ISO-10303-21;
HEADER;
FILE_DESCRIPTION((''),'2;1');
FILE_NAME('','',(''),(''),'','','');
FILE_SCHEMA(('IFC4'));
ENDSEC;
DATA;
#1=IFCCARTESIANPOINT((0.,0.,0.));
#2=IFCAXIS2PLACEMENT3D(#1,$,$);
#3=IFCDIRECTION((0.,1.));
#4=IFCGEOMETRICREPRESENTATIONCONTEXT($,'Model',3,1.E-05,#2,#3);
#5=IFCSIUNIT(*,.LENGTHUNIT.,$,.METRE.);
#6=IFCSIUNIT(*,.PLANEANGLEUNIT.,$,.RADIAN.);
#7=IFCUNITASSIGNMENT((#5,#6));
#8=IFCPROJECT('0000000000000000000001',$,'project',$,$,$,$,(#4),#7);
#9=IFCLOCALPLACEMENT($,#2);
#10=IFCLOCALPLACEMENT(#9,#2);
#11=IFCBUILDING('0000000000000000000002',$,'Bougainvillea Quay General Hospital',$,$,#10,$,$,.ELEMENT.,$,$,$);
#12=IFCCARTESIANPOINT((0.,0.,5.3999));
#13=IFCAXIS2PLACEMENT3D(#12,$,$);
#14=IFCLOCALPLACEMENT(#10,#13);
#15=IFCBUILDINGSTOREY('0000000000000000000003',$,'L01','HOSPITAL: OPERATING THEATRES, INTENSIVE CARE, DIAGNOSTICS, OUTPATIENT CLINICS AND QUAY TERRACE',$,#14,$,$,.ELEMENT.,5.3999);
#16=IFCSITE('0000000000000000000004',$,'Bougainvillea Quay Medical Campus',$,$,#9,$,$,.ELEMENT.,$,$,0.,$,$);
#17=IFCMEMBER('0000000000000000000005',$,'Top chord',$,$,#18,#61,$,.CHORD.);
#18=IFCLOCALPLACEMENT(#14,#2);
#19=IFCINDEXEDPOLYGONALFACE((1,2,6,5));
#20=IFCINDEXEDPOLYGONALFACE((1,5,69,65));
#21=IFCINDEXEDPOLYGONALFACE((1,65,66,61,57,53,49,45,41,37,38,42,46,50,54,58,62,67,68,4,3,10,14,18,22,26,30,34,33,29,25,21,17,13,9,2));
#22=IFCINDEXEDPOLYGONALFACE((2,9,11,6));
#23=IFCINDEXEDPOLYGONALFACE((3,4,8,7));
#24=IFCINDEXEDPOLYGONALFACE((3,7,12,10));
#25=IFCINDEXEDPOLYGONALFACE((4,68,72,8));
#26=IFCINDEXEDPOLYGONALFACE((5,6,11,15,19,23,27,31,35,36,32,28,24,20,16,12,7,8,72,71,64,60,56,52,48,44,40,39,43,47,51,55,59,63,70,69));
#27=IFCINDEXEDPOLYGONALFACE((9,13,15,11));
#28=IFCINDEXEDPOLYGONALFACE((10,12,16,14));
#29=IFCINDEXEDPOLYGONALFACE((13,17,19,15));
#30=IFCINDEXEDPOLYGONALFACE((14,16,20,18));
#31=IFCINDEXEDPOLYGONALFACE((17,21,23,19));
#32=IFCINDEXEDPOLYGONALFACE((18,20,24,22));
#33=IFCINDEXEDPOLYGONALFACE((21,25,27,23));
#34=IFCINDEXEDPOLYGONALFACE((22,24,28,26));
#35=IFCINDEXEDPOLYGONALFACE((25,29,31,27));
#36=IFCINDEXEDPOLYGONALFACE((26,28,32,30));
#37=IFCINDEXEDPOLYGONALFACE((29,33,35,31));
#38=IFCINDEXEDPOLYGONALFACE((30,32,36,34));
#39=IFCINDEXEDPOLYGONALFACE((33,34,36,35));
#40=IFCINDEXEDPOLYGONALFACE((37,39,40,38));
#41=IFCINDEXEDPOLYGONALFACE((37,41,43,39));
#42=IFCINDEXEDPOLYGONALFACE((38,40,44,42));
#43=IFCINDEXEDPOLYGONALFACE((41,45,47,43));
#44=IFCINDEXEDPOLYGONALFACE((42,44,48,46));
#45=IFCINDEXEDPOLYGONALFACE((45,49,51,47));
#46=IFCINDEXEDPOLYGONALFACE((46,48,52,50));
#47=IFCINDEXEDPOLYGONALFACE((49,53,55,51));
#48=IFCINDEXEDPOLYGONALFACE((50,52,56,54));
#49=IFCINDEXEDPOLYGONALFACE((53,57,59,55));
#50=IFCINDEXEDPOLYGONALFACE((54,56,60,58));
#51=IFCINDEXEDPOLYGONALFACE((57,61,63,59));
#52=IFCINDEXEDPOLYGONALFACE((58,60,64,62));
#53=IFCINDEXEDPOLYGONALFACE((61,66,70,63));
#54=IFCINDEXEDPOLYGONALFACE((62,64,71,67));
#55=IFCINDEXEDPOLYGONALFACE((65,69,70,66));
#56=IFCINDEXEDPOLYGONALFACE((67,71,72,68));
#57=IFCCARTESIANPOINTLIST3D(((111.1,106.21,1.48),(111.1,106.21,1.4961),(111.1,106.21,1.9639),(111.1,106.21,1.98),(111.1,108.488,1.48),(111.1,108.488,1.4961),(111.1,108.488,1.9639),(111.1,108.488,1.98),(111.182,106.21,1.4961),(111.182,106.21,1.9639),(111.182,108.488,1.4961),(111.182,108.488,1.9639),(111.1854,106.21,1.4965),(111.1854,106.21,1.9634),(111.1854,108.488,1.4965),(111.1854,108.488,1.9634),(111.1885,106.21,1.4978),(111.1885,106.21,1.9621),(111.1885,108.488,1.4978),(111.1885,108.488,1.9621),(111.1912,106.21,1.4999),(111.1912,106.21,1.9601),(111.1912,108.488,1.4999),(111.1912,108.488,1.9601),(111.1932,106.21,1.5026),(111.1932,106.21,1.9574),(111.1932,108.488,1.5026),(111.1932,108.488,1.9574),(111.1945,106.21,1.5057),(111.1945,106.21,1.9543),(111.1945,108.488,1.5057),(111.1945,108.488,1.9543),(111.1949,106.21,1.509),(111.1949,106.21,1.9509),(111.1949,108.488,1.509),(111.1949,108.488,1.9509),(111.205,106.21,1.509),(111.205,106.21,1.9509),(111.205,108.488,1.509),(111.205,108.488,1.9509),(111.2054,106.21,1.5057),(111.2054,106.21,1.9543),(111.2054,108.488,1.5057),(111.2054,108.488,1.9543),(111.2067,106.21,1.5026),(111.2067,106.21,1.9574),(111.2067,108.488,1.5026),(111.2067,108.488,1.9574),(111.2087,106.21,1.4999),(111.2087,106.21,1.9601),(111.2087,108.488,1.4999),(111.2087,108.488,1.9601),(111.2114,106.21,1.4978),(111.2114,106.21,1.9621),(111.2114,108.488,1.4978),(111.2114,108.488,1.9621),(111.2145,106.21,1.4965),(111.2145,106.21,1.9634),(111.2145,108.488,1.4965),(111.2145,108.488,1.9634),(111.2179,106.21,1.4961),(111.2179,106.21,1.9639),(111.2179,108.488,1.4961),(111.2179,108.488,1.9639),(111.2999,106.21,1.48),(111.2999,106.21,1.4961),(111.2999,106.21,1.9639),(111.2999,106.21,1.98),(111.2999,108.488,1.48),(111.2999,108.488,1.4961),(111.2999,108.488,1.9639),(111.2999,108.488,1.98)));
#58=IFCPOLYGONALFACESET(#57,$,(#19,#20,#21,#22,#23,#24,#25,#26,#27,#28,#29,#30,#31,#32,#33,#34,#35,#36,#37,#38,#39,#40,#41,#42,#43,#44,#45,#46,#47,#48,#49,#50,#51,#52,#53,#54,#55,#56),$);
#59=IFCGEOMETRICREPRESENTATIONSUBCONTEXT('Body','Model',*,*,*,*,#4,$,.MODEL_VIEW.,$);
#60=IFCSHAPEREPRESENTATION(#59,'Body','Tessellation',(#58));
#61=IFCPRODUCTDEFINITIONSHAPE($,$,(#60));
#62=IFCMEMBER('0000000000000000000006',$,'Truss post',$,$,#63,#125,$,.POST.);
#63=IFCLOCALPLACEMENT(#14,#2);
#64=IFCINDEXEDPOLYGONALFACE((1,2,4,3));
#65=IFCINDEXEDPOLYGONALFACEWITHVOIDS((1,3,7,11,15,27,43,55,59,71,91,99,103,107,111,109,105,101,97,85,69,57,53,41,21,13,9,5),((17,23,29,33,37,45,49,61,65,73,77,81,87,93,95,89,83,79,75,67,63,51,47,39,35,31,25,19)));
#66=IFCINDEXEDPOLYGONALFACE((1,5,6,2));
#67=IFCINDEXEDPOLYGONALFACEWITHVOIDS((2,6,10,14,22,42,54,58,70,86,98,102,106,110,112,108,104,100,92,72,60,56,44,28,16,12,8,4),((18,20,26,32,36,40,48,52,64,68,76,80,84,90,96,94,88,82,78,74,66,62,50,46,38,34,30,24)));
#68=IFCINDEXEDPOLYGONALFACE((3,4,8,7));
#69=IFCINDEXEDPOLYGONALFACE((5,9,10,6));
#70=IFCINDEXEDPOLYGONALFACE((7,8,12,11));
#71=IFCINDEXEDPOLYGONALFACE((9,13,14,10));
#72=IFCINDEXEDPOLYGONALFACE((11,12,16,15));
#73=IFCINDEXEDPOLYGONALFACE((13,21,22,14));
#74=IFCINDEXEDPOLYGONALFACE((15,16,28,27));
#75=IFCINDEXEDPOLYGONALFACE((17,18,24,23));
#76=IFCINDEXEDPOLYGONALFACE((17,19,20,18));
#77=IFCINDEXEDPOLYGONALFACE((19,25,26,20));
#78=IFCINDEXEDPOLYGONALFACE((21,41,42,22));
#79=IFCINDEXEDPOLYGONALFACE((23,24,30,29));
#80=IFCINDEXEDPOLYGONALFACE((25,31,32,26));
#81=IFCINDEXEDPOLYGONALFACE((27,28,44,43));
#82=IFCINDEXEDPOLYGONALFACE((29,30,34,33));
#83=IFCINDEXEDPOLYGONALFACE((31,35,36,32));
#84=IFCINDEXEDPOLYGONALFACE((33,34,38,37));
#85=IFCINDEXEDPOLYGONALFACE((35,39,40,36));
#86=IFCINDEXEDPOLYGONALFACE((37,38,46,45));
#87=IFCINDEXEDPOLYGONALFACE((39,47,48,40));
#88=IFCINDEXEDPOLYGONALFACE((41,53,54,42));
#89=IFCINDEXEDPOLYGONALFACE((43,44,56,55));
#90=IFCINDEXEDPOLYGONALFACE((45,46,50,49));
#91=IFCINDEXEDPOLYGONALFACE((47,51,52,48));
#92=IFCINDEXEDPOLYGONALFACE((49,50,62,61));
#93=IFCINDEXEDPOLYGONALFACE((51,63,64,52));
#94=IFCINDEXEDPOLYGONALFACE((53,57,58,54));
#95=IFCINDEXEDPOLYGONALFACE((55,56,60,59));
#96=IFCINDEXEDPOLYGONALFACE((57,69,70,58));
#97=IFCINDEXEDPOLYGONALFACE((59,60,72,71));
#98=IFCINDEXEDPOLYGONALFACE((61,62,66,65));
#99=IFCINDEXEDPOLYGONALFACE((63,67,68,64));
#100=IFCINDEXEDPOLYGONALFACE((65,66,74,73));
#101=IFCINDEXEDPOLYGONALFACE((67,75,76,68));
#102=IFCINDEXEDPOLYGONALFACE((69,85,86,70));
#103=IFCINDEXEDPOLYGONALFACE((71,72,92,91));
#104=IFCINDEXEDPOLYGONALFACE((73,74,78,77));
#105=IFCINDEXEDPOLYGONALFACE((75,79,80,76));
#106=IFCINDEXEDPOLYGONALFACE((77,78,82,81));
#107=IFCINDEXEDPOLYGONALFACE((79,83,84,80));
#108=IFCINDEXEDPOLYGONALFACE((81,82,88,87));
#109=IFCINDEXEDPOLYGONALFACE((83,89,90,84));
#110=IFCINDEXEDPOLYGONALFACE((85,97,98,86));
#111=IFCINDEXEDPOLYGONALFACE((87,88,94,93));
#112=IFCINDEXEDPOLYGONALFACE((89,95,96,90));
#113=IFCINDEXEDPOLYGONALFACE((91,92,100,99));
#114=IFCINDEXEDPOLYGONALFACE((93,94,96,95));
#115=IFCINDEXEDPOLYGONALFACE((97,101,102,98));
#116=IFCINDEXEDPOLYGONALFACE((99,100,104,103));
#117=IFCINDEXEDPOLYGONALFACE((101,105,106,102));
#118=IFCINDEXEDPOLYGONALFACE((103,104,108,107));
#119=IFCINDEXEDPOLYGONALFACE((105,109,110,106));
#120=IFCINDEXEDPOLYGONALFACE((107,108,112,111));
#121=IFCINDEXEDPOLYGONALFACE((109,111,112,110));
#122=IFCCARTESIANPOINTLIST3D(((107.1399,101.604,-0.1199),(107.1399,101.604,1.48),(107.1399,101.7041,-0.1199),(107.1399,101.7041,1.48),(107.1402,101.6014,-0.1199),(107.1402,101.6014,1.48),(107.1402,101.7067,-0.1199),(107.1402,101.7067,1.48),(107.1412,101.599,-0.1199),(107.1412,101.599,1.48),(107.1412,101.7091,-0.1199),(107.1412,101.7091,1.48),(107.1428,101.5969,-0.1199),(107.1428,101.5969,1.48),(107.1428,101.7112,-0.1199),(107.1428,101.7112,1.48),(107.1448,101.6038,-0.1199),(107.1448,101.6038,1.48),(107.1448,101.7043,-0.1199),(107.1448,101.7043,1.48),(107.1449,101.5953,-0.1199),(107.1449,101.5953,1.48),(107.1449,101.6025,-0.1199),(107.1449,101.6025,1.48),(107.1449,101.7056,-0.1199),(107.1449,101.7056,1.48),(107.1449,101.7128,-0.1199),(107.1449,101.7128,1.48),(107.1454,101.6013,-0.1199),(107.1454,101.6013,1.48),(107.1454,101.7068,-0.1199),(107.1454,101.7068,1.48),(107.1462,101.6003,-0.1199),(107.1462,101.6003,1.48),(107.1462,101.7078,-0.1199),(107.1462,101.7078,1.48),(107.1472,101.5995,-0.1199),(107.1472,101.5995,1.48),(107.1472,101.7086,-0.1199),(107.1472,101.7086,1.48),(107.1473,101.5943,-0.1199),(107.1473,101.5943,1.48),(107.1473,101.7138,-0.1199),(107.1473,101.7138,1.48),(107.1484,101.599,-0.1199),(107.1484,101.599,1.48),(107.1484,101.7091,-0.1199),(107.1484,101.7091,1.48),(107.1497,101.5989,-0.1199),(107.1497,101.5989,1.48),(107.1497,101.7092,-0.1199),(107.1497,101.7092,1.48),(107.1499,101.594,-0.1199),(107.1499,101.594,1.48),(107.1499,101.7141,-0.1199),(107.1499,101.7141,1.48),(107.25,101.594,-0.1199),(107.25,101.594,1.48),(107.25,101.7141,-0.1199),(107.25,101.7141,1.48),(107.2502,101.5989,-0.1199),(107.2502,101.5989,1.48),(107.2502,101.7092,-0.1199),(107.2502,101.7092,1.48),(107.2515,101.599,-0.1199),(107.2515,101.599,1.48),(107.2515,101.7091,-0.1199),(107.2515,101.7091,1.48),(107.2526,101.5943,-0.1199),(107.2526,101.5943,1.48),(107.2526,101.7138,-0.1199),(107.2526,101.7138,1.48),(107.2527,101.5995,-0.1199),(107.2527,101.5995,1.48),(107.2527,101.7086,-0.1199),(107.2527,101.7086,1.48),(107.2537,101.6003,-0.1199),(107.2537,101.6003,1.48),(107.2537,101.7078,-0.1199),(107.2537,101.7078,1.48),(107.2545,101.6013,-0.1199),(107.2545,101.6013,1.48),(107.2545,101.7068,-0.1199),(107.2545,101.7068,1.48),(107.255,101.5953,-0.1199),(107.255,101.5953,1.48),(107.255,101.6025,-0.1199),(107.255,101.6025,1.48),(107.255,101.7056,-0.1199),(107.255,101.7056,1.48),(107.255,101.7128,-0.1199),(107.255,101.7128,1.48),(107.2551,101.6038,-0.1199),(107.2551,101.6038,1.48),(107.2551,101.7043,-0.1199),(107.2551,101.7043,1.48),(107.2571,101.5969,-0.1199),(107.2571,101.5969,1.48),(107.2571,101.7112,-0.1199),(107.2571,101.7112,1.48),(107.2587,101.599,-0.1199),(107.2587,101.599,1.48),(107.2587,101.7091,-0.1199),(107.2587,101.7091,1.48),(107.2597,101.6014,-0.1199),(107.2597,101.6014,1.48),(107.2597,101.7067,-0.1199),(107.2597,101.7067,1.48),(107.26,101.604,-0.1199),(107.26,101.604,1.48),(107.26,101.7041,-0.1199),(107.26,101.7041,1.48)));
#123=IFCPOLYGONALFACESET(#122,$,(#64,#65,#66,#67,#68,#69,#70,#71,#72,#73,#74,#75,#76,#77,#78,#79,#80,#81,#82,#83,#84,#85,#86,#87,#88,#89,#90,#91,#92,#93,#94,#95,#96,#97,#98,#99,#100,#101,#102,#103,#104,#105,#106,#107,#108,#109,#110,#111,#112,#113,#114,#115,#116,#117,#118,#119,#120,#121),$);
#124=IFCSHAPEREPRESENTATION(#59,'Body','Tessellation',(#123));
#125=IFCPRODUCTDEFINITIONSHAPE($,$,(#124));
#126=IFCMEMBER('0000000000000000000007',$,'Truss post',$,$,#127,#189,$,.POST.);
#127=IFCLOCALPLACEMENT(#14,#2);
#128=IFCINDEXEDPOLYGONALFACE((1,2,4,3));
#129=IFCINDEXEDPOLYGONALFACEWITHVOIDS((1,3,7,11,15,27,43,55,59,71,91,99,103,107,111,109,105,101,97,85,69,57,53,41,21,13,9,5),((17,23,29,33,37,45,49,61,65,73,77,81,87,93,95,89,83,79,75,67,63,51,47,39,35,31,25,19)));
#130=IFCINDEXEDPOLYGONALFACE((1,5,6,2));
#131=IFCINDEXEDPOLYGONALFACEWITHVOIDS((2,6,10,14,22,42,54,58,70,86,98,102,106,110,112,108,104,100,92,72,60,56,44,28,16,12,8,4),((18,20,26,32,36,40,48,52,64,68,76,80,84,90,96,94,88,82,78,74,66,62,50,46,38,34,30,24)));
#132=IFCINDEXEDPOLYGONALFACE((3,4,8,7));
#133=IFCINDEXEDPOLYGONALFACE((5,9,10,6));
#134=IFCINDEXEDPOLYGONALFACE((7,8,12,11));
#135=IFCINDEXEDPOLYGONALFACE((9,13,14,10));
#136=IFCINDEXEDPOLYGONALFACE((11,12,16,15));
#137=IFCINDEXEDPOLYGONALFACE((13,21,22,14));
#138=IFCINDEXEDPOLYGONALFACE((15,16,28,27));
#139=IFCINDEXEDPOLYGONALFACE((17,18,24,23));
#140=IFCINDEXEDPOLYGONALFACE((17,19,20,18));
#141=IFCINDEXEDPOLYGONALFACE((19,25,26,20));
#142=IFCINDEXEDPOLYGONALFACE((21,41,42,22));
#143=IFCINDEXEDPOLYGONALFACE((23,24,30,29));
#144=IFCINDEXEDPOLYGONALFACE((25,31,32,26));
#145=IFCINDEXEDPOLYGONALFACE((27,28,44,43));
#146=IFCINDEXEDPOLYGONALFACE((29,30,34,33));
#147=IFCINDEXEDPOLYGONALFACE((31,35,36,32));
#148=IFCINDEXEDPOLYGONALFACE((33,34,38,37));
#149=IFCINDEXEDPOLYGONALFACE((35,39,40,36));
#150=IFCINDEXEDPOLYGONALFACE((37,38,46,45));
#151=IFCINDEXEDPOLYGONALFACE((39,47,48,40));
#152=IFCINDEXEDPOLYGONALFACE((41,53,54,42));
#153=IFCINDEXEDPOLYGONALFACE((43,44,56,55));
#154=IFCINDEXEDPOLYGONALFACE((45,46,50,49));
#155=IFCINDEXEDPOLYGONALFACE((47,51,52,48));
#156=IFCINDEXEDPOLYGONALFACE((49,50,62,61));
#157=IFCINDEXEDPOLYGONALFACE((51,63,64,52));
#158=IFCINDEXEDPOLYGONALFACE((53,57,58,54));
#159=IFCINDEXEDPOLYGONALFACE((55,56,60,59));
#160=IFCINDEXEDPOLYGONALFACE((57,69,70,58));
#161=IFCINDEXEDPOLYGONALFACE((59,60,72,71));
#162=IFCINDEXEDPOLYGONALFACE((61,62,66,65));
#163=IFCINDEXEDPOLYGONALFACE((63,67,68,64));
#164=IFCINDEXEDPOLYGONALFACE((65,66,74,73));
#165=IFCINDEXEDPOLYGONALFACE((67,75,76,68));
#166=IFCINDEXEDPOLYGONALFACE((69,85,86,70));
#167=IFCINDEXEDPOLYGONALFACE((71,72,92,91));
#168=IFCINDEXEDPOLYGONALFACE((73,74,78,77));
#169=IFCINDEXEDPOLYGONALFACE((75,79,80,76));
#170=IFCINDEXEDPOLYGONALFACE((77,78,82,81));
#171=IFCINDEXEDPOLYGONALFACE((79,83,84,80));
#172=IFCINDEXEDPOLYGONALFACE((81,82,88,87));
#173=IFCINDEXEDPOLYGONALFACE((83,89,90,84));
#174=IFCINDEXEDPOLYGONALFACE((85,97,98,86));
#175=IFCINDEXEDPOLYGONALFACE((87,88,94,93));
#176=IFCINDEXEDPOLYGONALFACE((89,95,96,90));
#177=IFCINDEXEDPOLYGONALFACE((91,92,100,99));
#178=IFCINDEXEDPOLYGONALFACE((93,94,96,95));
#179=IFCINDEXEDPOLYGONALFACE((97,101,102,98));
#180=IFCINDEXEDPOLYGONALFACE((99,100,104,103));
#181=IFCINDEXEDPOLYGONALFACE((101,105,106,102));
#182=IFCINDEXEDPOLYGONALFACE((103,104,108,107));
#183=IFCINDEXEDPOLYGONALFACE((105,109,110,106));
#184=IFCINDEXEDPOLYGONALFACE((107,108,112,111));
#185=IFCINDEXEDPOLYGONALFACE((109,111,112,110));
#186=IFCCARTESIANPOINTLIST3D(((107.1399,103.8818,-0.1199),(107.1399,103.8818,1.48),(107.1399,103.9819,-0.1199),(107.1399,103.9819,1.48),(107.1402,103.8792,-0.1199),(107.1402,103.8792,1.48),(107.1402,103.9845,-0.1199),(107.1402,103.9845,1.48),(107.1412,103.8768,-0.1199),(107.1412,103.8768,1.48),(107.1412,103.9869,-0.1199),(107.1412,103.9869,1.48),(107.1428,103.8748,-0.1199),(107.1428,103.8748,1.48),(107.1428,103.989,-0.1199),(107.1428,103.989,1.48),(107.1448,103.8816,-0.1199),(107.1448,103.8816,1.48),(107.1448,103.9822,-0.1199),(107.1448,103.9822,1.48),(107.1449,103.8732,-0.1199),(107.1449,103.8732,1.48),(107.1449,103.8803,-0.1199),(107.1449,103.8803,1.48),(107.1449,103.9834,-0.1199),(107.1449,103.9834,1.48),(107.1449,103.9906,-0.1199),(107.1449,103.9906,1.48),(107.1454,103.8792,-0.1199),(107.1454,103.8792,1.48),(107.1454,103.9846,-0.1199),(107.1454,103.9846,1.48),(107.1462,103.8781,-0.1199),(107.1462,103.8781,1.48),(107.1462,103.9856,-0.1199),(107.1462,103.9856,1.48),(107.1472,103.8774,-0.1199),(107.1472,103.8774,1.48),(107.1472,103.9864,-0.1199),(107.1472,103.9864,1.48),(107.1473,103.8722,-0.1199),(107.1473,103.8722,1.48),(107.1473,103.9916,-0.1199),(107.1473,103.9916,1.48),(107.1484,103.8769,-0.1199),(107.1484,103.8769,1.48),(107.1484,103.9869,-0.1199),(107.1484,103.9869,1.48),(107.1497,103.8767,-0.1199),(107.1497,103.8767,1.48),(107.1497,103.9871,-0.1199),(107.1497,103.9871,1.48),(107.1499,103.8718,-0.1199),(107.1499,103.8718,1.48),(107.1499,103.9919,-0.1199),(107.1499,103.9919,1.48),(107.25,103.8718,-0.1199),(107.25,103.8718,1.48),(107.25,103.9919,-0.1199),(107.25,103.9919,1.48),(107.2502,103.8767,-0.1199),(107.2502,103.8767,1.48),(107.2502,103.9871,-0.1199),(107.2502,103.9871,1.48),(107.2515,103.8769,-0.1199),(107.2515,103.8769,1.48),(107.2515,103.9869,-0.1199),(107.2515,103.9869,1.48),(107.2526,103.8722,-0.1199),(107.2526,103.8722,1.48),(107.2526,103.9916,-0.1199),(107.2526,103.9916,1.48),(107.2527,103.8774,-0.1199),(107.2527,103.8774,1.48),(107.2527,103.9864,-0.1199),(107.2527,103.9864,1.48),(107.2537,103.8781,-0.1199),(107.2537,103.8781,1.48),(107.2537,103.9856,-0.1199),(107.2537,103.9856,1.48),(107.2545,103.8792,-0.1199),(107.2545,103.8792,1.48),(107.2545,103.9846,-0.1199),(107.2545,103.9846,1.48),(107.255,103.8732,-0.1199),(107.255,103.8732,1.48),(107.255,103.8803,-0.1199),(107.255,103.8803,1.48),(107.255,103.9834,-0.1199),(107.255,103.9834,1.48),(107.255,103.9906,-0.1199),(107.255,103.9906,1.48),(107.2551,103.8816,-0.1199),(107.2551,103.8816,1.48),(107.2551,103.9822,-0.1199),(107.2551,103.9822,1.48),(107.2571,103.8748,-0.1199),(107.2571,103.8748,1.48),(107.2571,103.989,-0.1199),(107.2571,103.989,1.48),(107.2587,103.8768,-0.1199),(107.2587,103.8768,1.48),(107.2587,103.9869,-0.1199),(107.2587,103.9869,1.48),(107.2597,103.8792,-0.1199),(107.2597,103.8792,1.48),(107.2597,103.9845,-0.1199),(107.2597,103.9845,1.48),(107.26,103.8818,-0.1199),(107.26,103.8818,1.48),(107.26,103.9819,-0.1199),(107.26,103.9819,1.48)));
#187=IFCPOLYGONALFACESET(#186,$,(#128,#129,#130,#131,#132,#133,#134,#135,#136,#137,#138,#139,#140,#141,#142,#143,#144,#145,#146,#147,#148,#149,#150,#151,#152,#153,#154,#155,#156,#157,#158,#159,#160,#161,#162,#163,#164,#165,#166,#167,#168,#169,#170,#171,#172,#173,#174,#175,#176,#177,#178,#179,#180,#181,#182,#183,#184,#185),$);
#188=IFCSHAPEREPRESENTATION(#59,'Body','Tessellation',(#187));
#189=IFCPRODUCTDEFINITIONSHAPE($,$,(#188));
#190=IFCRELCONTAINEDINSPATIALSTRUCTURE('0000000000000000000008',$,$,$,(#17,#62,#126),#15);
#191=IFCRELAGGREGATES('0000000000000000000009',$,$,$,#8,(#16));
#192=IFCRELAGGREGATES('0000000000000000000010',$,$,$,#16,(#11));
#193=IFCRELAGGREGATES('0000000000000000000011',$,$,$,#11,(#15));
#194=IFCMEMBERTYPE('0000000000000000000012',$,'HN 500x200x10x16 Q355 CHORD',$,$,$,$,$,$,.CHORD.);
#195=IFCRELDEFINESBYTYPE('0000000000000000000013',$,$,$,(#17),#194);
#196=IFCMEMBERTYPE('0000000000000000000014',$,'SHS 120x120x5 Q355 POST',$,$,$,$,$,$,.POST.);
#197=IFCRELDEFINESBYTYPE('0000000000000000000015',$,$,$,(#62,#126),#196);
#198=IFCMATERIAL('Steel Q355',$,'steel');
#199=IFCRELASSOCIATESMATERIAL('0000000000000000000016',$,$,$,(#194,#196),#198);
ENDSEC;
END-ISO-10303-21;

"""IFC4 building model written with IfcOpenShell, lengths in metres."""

from ifc_helpers import new_model, si_unit, direction, frame, origin, origin_2d, place, context, subcontext, project, spatial, hollow_rectangle, i_section, extrude, material, material_profile, profile_set, type_object, element, save


model = new_model("IFC4")

# Units and contexts
model_context = context("Model", 3, precision=1e-05, world=origin(), true_north=direction((0.0, 1.0)))
body_context = subcontext(model_context, "Body", "Model", "MODEL_VIEW")
ifc_project = project(units=[si_unit("LENGTHUNIT", "METRE"), si_unit("PLANEANGLEUNIT", "RADIAN")], contexts=[model_context])

# Site, building, storey
site_placement = place(None, origin())
site = spatial("IfcSite", under=ifc_project, at=site_placement, Name="Bougainvillea Quay Medical Campus", CompositionType="ELEMENT", RefElevation=0.0)
building_placement = place(site_placement, origin())
building = spatial("IfcBuilding", under=site, at=building_placement, Name="Bougainvillea Quay General Hospital", CompositionType="ELEMENT")
storey_placement = place(building_placement, frame((0.0, 0.0, 5.3999)))
storey = spatial("IfcBuildingStorey", under=building, at=storey_placement, Name="L01", Description="HOSPITAL: OPERATING THEATRES, INTENSIVE CARE, DIAGNOSTICS, OUTPATIENT CLINICS AND QUAY TERRACE", CompositionType="ELEMENT", Elevation=5.3999)

# Members
ifc_material = material(Name="Steel Q355", Category="steel")
ifc_material_profile_1 = material_profile(ifc_material, i_section(OverallWidth=0.2, OverallDepth=0.5, WebThickness=0.01, FlangeThickness=0.0161, FilletRadius=0.0129, at=origin_2d()))
ifc_profile_set_1 = profile_set([ifc_material_profile_1], Name="Steel Q355")
member_type_1 = type_object("IfcMemberType", Name="HN 500x200x10x16 Q355 CHORD", PredefinedType="CHORD", material=ifc_profile_set_1)
for number, where, z_axis, x_axis, name in (
    (1, (111.2, 106.21, 1.73), (0.0, 1.0, 0.0), (-1.0, 0.0, 0.0), "Top chord"),
):
    element("IfcMember", number, at=place(storey_placement, frame(where, z_axis=z_axis, x_axis=x_axis)), inside=storey, type_object=member_type_1, Name=name, PredefinedType="CHORD", context=body_context, shape_type="SweptSolid", body=[
        extrude(i_section(OverallWidth=0.2, OverallDepth=0.5, WebThickness=0.01, FlangeThickness=0.0161, FilletRadius=0.0129, at=origin_2d()), origin(), (0.0, 0.0, 1.0), 2.2781),
    ])
ifc_material_profile_2 = material_profile(ifc_material, hollow_rectangle(XDim=0.1201, YDim=0.1201, WallThickness=0.0049, InnerFilletRadius=0.0049, OuterFilletRadius=0.01, at=origin_2d()))
ifc_profile_set_2 = profile_set([ifc_material_profile_2], Name="Steel Q355")
member_type_2 = type_object("IfcMemberType", Name="SHS 120x120x5 Q355 POST", PredefinedType="POST", material=ifc_profile_set_2)
for number, where, z_axis, x_axis, name in (
    (2, (107.2, 101.6541, -0.1199), (0.0, 0.0, 1.0), (1.0, 0.0, 0.0), "Truss post"),
    (3, (107.2, 103.9319, -0.1199), (0.0, 0.0, 1.0), (1.0, 0.0, 0.0), "Truss post"),
):
    element("IfcMember", number, at=place(storey_placement, frame(where, z_axis=z_axis, x_axis=x_axis)), inside=storey, type_object=member_type_2, Name=name, PredefinedType="POST", context=body_context, shape_type="SweptSolid", body=[
        extrude(hollow_rectangle(XDim=0.1201, YDim=0.1201, WallThickness=0.0049, InnerFilletRadius=0.0049, OuterFilletRadius=0.01, at=origin_2d()), origin(), (0.0, 0.0, 1.0), 1.5999),
    ])

save(model, "model.ifc")
